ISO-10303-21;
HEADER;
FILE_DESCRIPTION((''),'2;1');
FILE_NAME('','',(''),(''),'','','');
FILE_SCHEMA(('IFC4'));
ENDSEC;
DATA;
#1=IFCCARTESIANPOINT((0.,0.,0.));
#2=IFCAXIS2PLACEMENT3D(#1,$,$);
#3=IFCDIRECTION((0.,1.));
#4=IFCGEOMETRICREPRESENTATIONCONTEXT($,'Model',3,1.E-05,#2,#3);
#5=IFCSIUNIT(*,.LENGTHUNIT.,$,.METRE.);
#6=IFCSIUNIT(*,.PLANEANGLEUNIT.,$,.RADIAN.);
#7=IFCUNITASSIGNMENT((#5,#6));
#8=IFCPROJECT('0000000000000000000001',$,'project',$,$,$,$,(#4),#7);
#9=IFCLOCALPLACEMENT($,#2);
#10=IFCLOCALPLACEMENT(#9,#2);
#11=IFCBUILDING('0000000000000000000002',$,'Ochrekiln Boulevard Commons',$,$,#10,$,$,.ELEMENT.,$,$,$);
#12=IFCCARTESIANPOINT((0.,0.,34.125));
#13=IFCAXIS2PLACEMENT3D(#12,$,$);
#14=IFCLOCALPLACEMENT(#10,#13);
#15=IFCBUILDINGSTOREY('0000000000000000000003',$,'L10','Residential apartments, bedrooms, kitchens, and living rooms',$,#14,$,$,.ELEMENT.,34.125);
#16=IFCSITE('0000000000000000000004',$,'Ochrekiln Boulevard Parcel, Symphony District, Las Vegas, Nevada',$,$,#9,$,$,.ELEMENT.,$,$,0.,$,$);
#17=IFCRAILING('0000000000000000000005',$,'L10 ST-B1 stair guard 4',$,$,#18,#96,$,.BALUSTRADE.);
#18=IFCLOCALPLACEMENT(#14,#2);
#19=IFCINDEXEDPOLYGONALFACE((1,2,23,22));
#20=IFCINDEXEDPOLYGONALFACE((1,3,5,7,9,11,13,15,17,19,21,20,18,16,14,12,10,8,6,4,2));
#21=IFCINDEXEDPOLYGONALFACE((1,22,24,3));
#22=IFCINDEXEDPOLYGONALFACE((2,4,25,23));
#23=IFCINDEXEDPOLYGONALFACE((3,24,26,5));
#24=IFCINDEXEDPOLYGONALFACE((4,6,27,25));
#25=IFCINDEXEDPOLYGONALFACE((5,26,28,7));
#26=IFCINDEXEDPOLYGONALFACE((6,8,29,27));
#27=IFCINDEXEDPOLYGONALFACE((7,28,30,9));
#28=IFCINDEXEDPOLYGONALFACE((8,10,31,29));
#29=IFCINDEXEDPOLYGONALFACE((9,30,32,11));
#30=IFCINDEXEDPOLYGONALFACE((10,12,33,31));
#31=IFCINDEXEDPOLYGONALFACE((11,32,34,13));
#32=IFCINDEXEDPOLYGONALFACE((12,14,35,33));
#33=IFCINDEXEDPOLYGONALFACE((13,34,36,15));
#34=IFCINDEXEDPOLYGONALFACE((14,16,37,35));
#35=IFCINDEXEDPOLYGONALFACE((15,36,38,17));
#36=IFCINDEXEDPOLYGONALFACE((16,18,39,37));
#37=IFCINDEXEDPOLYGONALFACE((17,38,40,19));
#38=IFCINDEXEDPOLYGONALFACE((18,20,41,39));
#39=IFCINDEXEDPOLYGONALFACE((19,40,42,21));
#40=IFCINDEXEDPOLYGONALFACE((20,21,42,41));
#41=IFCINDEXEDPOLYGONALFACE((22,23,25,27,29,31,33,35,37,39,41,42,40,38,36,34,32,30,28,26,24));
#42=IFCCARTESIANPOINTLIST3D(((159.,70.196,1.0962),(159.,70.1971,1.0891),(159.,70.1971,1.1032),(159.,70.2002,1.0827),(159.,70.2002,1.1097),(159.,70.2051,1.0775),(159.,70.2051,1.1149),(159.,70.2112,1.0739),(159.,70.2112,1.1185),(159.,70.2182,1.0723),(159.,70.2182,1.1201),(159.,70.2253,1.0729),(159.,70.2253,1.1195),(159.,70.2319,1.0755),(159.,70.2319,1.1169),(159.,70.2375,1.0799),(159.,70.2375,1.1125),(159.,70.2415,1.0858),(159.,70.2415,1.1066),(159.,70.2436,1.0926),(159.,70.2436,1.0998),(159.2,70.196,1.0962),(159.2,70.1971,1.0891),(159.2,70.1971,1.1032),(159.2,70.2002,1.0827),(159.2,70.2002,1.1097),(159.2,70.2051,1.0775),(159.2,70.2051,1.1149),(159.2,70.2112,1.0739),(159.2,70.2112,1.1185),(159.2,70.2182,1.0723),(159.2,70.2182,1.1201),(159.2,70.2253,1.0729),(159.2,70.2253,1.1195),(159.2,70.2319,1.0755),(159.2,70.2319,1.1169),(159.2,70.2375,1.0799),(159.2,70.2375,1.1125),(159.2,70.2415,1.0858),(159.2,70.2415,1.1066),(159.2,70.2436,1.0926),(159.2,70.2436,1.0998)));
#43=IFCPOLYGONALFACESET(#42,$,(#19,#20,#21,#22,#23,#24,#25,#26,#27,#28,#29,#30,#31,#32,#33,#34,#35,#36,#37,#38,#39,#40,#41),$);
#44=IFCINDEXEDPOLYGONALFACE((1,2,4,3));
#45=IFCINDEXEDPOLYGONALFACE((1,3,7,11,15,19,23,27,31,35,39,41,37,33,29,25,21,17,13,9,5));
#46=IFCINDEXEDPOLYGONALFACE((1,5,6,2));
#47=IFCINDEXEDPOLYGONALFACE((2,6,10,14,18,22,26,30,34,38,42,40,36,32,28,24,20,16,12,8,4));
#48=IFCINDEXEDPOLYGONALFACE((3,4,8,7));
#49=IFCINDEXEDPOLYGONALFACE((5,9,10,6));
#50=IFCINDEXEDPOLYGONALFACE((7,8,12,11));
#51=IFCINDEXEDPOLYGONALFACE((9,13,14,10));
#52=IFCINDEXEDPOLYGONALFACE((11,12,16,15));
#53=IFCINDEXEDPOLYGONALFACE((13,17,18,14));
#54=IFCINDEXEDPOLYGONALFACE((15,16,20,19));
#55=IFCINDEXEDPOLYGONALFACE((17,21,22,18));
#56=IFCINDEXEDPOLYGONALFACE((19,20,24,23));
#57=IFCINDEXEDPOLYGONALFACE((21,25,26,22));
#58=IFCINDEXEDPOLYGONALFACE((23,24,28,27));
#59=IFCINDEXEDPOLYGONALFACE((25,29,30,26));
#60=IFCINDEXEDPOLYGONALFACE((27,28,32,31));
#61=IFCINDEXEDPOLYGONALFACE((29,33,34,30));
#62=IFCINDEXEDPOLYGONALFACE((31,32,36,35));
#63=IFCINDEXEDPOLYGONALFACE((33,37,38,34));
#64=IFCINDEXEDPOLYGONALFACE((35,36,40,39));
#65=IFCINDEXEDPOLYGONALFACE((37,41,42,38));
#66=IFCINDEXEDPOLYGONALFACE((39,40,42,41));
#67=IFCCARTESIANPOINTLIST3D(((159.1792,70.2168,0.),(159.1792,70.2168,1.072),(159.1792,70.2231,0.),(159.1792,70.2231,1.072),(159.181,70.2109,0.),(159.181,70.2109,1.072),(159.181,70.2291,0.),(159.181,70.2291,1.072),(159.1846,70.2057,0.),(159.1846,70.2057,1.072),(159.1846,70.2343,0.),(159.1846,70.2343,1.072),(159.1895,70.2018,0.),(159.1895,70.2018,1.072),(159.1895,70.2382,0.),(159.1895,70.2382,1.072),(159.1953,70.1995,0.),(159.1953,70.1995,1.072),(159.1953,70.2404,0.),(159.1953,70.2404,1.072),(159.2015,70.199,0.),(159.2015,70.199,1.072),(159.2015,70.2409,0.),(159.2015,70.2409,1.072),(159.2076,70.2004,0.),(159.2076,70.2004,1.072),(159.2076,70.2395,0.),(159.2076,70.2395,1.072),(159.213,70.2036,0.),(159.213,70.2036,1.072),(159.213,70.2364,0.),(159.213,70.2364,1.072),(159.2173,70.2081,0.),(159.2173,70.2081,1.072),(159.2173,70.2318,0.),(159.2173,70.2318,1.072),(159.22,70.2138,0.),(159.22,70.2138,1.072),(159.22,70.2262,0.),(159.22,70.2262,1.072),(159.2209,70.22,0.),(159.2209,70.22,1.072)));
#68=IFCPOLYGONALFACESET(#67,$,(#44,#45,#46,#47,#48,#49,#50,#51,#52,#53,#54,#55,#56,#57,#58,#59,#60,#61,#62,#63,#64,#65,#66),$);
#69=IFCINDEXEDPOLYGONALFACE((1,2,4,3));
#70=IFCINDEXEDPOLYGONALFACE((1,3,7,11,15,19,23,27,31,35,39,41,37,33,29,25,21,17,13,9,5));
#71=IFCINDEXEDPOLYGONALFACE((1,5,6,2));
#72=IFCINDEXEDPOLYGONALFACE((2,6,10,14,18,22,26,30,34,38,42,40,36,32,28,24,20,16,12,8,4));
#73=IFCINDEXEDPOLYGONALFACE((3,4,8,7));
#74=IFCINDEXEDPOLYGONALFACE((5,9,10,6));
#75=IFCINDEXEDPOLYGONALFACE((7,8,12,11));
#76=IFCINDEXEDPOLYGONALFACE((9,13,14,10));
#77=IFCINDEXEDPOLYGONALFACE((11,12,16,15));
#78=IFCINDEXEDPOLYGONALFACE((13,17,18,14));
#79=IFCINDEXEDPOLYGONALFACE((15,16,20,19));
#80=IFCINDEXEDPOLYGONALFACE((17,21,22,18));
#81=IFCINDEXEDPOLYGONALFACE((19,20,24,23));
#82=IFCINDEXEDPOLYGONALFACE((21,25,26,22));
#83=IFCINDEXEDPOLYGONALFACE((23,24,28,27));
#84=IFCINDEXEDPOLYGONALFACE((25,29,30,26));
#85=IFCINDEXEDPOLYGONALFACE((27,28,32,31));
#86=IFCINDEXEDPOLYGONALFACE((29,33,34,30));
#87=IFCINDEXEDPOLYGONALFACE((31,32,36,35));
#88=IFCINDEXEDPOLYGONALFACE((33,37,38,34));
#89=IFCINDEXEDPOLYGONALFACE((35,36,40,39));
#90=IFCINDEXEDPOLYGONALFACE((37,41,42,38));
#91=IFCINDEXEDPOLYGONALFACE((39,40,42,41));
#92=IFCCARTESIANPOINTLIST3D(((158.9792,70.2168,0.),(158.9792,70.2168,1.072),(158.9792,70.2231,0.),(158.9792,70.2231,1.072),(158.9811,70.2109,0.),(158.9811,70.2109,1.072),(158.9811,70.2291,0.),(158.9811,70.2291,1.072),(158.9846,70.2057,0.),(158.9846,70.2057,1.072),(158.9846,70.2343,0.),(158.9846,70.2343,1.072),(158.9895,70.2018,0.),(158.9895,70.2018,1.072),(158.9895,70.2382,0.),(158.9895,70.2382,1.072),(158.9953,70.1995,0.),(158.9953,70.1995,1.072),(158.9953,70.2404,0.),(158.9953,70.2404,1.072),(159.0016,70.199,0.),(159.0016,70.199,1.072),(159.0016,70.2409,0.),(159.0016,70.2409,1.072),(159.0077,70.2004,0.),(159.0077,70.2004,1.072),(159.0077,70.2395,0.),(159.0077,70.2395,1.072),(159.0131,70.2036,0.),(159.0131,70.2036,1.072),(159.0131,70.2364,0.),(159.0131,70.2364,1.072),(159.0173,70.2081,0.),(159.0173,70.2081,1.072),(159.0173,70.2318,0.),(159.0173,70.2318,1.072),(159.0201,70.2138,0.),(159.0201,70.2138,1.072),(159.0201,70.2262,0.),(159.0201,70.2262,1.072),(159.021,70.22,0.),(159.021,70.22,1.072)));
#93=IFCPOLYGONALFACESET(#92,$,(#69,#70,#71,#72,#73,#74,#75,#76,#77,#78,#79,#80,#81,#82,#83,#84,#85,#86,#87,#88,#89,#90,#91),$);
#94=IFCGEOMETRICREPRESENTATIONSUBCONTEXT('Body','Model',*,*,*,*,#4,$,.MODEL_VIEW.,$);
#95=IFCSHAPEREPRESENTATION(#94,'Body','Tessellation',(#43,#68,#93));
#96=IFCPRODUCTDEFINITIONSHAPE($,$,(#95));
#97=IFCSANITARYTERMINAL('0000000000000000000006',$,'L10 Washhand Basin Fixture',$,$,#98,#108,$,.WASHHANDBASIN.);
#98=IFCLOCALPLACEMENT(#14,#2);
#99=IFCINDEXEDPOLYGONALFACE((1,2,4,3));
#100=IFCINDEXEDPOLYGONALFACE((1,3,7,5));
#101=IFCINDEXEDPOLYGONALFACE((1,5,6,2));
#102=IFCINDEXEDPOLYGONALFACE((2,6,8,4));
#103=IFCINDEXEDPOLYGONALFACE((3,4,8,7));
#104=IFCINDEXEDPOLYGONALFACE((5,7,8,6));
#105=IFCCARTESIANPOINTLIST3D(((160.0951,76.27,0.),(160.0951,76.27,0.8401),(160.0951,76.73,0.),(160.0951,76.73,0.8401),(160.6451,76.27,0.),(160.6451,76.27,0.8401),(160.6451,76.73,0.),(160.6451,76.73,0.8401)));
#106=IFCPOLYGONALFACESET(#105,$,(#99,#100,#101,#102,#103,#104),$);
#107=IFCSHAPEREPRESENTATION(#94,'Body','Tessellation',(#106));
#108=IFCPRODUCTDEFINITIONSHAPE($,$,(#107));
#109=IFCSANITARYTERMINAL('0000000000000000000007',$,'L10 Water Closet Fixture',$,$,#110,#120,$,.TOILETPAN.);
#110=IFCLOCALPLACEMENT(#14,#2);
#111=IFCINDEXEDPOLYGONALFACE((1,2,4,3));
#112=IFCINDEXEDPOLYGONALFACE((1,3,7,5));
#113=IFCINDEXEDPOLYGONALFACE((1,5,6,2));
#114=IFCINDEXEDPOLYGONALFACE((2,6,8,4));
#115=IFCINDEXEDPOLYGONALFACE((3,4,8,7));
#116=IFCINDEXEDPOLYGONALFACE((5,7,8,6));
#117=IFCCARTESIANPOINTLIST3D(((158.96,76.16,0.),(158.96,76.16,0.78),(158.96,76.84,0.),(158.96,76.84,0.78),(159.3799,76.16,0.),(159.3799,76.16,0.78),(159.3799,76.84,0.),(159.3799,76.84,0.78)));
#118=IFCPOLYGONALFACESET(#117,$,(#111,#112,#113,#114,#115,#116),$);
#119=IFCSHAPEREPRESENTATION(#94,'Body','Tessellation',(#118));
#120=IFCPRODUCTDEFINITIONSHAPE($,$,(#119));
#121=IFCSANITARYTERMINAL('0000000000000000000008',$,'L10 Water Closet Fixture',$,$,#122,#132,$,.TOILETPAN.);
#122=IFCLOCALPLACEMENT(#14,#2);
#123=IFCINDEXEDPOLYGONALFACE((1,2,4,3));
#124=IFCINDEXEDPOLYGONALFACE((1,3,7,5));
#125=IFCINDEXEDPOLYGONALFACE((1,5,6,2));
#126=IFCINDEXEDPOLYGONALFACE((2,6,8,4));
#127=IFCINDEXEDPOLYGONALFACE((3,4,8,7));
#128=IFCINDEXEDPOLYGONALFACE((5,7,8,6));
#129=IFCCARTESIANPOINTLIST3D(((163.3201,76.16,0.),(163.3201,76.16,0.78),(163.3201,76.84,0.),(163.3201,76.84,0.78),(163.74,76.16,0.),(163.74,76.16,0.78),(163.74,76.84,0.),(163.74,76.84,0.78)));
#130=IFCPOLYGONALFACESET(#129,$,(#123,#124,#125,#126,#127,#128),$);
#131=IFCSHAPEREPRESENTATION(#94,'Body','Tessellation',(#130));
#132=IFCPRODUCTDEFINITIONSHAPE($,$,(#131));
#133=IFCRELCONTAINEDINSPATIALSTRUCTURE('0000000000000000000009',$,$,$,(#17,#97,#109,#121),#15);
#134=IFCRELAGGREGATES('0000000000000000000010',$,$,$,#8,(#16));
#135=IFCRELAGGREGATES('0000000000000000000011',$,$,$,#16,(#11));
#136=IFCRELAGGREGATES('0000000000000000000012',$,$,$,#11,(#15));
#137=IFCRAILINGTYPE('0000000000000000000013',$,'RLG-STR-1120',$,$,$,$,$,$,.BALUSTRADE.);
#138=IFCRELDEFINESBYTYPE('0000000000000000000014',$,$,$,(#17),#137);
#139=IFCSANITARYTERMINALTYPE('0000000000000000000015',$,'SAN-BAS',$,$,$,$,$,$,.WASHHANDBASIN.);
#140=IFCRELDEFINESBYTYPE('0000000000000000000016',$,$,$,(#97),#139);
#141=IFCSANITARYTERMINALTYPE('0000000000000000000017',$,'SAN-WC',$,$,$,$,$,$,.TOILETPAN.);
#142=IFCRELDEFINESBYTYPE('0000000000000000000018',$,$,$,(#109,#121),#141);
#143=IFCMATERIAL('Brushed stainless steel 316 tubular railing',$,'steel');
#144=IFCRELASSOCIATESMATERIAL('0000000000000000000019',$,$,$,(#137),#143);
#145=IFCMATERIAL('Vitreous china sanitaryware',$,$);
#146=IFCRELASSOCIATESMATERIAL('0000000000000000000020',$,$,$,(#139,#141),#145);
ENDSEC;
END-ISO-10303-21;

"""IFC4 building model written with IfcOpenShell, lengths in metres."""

from ifc_helpers import new_model, si_unit, direction, frame, origin, origin_2d, place, context, subcontext, project, spatial, rectangle, circle, extrude, material, type_object, element, save


model = new_model("IFC4")

# Units and contexts
model_context = context("Model", 3, precision=1e-05, world=origin(), true_north=direction((0.0, 1.0)))
body_context = subcontext(model_context, "Body", "Model", "MODEL_VIEW")
ifc_project = project(units=[si_unit("LENGTHUNIT", "METRE"), si_unit("PLANEANGLEUNIT", "RADIAN")], contexts=[model_context])

# Site, building, storey
site_placement = place(None, origin())
site = spatial("IfcSite", under=ifc_project, at=site_placement, Name="Ochrekiln Boulevard Parcel, Symphony District, Las Vegas, Nevada", CompositionType="ELEMENT", RefElevation=0.0)
building_placement = place(site_placement, origin())
building = spatial("IfcBuilding", under=site, at=building_placement, Name="Ochrekiln Boulevard Commons", CompositionType="ELEMENT")
storey_placement = place(building_placement, frame((0.0, 0.0, 34.125)))
storey = spatial("IfcBuildingStorey", under=building, at=storey_placement, Name="L10", Description="Residential apartments, bedrooms, kitchens, and living rooms", CompositionType="ELEMENT", Elevation=34.125)

# Railing
ifc_material_1 = material(Name="Brushed stainless steel 316 tubular railing", Category="steel")
railing_type_1 = type_object("IfcRailingType", Name="RLG-STR-1120", PredefinedType="BALUSTRADE", material=ifc_material_1)
railing_1_placement = place(storey_placement, frame((159.2, 70.22, 0.0)))
element("IfcRailing", 1, at=railing_1_placement, inside=storey, type_object=railing_type_1, Name="L10 ST-B1 stair guard 4", PredefinedType="BALUSTRADE", context=body_context, shape_type="SweptSolid", body=[
    extrude(circle(Radius=0.0239, at=origin_2d()), frame((0.0, 0.0, 1.0962), z_axis=(-1.0, 0.0, 0.0), x_axis=(0.0, -1.0, 0.0)), (0.0, 0.0, 1.0), 0.2),
    extrude(circle(Radius=0.021, at=origin_2d()), origin(), (0.0, 0.0, 1.0), 1.072),
    extrude(circle(Radius=0.021, at=origin_2d()), frame((-0.2, 0.0, 0.0)), (0.0, 0.0, 1.0), 1.072),
])

# Sanitary terminals
ifc_material_2 = material(Name="Vitreous china sanitaryware")
sanitary_terminal_type_1 = type_object("IfcSanitaryTerminalType", Name="SAN-BAS", PredefinedType="WASHHANDBASIN", material=ifc_material_2)
sanitary_terminal_placement = place(storey_placement, frame((160.3701, 76.5, 0.0), z_axis=(0.0, 0.0, 1.0), x_axis=(1.0, 0.0, 0.0)))
element("IfcSanitaryTerminal", 2, at=sanitary_terminal_placement, inside=storey, type_object=sanitary_terminal_type_1, Name="L10 Washhand Basin Fixture", PredefinedType="WASHHANDBASIN", context=body_context, shape_type="SweptSolid", body=[
    extrude(rectangle(XDim=0.55, YDim=0.46, at=origin_2d()), origin(), (0.0, 0.0, 1.0), 0.8401),
])
sanitary_terminal_type_2 = type_object("IfcSanitaryTerminalType", Name="SAN-WC", PredefinedType="TOILETPAN", material=ifc_material_2)
for number, where, z_axis, x_axis, name in (
    (3, (159.1699, 76.5, 0.0), (0.0, 0.0, 1.0), (1.0, 0.0, 0.0), "L10 Water Closet Fixture"),
    (4, (163.53, 76.5, 0.0), (0.0, 0.0, 1.0), (1.0, 0.0, 0.0), "L10 Water Closet Fixture"),
):
    element("IfcSanitaryTerminal", number, at=place(storey_placement, frame(where, z_axis=z_axis, x_axis=x_axis)), inside=storey, type_object=sanitary_terminal_type_2, Name=name, PredefinedType="TOILETPAN", context=body_context, shape_type="SweptSolid", body=[
        extrude(rectangle(XDim=0.4199, YDim=0.6799, at=origin_2d()), origin(), (0.0, 0.0, 1.0), 0.78),
    ])

save(model, "model.ifc")
